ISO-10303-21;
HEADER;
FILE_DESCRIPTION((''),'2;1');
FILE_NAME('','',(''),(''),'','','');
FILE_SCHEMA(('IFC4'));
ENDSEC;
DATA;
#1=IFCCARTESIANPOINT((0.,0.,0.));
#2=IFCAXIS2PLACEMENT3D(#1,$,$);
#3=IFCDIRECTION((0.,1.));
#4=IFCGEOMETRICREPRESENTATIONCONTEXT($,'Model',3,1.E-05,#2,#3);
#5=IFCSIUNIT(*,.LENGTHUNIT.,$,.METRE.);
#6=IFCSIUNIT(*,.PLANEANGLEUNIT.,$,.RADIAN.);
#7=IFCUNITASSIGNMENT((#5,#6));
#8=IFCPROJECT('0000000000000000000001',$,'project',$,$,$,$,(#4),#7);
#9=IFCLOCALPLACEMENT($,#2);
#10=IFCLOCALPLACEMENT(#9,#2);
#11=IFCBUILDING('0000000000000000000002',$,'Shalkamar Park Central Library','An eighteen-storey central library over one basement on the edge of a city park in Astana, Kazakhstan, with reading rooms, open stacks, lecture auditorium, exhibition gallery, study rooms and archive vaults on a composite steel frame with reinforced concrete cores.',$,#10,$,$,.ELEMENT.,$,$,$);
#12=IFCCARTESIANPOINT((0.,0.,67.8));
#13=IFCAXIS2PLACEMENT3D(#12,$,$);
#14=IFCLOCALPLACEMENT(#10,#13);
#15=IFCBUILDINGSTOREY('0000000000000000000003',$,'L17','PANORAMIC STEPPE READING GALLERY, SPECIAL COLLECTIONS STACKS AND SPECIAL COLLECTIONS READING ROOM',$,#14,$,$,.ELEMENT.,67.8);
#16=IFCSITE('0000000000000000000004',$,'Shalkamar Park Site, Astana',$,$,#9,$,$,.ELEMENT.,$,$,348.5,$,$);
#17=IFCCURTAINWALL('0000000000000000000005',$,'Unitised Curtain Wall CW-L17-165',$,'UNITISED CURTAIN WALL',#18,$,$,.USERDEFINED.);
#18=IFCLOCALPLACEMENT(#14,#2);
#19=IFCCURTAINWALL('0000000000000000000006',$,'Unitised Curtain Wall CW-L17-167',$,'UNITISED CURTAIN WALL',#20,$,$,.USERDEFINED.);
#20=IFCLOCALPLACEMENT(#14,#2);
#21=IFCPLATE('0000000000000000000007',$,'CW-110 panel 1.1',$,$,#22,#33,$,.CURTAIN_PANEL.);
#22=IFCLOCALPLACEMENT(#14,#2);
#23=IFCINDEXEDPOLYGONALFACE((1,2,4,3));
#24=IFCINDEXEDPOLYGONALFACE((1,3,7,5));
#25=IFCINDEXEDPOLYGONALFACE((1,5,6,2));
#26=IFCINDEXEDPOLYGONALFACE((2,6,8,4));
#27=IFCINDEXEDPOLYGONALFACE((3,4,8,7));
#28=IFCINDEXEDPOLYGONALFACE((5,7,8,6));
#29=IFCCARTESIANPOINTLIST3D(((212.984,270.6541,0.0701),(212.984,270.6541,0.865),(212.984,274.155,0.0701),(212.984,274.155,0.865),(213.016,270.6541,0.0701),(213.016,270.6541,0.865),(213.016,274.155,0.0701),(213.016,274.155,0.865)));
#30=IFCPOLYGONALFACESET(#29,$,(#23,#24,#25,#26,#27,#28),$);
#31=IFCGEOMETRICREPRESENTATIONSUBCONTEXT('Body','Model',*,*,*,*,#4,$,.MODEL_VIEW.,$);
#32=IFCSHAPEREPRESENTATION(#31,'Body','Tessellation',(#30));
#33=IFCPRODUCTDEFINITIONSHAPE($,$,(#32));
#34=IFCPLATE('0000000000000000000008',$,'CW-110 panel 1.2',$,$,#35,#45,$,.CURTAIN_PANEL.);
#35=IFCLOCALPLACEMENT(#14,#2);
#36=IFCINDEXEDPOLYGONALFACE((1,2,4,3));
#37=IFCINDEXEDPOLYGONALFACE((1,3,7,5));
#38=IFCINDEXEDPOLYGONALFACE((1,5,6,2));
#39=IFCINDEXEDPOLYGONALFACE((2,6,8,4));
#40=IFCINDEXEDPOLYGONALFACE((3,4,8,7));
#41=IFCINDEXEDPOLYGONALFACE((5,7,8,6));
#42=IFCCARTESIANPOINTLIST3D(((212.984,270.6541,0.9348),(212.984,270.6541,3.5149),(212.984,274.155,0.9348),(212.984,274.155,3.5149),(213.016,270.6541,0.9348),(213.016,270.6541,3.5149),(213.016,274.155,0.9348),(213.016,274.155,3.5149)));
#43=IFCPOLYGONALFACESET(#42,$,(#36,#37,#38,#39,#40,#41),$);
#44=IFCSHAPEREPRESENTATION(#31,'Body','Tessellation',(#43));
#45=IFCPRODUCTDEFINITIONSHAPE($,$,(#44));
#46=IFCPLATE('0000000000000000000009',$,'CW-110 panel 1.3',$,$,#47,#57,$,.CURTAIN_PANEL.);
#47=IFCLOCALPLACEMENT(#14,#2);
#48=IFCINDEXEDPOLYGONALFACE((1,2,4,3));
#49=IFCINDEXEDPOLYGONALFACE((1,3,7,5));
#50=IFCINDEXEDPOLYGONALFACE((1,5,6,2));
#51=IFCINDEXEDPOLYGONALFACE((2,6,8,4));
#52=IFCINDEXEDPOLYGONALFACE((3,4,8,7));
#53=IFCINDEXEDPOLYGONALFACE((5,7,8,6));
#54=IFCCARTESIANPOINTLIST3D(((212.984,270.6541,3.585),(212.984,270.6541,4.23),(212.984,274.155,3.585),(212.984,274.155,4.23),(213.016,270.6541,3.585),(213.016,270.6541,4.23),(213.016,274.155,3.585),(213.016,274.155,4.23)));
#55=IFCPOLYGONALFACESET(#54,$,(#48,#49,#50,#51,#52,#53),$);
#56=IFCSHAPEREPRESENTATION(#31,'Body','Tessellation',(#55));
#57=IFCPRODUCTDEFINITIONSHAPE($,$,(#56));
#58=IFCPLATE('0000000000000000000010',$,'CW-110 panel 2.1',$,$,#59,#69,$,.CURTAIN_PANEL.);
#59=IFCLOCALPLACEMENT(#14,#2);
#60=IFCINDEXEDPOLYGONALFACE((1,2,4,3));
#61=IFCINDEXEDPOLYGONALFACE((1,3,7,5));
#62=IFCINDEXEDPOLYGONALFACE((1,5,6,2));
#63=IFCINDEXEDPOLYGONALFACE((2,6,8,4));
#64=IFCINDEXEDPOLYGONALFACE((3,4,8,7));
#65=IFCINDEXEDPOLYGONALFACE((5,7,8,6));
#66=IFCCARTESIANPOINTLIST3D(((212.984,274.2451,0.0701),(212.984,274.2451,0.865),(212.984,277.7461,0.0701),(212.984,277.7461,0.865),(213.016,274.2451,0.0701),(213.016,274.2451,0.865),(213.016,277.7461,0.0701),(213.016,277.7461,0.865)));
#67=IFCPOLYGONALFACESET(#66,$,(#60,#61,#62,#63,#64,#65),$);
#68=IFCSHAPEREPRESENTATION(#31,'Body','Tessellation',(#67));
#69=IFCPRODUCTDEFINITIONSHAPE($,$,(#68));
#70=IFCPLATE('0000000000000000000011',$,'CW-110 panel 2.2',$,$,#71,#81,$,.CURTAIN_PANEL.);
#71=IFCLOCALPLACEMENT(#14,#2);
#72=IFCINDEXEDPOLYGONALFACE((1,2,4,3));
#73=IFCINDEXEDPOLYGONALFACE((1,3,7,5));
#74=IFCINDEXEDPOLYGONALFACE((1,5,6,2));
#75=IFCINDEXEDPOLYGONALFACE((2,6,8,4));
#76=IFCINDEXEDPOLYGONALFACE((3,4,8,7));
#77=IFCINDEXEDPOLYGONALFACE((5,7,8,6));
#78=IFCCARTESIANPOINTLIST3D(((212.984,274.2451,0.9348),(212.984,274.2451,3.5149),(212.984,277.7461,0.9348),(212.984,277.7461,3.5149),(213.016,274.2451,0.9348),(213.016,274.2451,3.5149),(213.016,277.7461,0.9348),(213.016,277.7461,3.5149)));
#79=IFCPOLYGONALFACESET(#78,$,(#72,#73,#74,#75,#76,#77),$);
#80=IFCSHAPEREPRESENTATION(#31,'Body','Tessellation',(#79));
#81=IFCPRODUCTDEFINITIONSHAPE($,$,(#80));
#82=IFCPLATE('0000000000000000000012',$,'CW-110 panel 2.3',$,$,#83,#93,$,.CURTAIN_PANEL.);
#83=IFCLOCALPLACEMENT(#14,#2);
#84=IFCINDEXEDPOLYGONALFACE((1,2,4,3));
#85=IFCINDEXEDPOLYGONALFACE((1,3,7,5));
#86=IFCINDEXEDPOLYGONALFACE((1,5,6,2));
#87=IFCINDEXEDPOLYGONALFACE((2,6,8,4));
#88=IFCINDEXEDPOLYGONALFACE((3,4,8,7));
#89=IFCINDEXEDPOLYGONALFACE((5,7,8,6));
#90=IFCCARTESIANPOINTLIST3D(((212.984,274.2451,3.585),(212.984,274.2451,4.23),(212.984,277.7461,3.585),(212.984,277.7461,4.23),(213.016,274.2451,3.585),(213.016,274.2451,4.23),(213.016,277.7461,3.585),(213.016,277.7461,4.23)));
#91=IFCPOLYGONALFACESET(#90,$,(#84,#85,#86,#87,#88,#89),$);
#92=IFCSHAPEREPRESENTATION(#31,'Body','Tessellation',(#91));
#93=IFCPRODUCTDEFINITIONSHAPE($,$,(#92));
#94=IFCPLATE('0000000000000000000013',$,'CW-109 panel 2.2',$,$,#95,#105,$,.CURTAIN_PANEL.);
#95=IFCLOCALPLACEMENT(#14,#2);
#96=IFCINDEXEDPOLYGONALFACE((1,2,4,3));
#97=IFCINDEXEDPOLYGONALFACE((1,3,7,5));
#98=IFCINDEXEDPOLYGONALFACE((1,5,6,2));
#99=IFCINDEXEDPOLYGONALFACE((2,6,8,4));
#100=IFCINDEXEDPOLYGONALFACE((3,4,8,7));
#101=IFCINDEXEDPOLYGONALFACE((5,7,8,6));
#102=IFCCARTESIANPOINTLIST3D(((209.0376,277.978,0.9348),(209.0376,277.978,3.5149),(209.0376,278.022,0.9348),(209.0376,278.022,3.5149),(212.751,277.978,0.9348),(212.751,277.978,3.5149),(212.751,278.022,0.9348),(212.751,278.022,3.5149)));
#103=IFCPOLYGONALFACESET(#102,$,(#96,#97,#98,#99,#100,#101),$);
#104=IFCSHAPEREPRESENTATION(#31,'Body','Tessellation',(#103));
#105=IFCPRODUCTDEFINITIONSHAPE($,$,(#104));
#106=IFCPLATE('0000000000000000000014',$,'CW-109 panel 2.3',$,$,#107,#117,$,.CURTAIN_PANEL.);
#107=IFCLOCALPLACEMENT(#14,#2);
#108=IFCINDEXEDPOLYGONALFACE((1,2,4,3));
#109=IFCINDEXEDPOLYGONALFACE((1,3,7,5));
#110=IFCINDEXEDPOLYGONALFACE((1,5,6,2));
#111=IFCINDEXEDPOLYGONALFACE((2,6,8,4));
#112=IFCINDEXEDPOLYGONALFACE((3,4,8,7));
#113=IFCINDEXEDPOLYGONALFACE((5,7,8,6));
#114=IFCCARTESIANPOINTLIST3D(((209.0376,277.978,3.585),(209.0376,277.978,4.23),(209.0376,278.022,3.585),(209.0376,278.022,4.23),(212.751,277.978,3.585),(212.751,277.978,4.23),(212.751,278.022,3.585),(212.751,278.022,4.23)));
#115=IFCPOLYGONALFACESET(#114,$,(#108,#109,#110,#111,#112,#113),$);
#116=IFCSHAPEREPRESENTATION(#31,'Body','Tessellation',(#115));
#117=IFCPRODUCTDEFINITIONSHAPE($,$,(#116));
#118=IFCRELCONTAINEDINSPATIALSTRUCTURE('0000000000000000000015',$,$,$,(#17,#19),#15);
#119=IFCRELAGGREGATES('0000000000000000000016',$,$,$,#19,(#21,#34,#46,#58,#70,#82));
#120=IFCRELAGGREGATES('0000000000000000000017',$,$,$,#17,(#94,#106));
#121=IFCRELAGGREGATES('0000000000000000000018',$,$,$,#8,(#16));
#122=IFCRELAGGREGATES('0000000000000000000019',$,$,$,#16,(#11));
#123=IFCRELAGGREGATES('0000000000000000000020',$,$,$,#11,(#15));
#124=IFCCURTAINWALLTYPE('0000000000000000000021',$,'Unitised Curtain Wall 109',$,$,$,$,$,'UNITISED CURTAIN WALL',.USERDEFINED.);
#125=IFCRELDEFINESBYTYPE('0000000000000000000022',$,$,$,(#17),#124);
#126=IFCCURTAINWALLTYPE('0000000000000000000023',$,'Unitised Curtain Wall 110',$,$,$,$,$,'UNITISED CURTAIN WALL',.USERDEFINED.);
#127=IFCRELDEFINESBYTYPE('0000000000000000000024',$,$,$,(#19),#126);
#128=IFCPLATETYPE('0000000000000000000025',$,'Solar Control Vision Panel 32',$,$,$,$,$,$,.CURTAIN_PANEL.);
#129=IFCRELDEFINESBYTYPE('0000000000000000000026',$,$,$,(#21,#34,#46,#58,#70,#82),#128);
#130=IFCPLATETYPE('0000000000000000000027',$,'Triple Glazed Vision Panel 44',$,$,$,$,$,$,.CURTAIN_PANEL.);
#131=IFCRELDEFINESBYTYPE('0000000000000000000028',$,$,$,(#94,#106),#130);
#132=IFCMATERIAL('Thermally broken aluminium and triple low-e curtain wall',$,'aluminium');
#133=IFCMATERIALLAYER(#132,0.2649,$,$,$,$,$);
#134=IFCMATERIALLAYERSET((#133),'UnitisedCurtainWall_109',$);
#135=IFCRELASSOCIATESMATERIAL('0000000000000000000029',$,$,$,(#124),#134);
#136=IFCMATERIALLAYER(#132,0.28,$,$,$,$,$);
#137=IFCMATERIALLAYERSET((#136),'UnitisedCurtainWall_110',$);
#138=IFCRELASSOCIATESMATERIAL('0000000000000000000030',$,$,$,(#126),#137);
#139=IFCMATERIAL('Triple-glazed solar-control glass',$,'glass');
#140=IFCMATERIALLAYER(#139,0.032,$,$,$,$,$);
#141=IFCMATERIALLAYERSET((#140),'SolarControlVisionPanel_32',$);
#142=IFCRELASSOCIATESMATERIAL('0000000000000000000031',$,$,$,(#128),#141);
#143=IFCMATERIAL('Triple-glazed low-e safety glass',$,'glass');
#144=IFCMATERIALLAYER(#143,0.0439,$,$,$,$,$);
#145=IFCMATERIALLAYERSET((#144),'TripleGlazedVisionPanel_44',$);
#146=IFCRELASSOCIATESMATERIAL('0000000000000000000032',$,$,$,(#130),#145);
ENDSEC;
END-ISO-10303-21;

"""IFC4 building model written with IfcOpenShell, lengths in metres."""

from ifc_helpers import new_model, si_unit, direction, frame, origin, origin_2d, place, context, subcontext, project, spatial, rectangle, extrude, material, layer, layer_set, type_object, element, aggregate, save


model = new_model("IFC4")

# Units and contexts
model_context = context("Model", 3, precision=1e-05, world=origin(), true_north=direction((0.0, 1.0)))
body_context = subcontext(model_context, "Body", "Model", "MODEL_VIEW")
ifc_project = project(units=[si_unit("LENGTHUNIT", "METRE"), si_unit("PLANEANGLEUNIT", "RADIAN")], contexts=[model_context])

# Site, building, storey
site_placement = place(None, origin())
site = spatial("IfcSite", under=ifc_project, at=site_placement, Name="Shalkamar Park Site, Astana", CompositionType="ELEMENT", RefElevation=348.5)
building_placement = place(site_placement, origin())
building = spatial("IfcBuilding", under=site, at=building_placement, Name="Shalkamar Park Central Library", Description="An eighteen-storey central library over one basement on the edge of a city park in Astana, Kazakhstan, with reading rooms, open stacks, lecture auditorium, exhibition gallery, study rooms and archive vaults on a composite steel frame with reinforced concrete cores.", CompositionType="ELEMENT")
storey_placement = place(building_placement, frame((0.0, 0.0, 67.8)))
storey = spatial("IfcBuildingStorey", under=building, at=storey_placement, Name="L17", Description="PANORAMIC STEPPE READING GALLERY, SPECIAL COLLECTIONS STACKS AND SPECIAL COLLECTIONS READING ROOM", CompositionType="ELEMENT", Elevation=67.8)

# Curtain wall
ifc_material_1 = material(Name="Thermally broken aluminium and triple low-e curtain wall", Category="aluminium")
ifc_layer_1 = layer(ifc_material_1, 0.2649)
ifc_layer_set_1 = layer_set([ifc_layer_1], Name="UnitisedCurtainWall_109")
curtain_wall_type_1 = type_object("IfcCurtainWallType", Name="Unitised Curtain Wall 109", ElementType="UNITISED CURTAIN WALL", PredefinedType="USERDEFINED", material=ifc_layer_set_1)
curtain_wall_1_placement = place(storey_placement, origin())
curtain_wall_1 = element("IfcCurtainWall", 1, at=curtain_wall_1_placement, inside=storey, type_object=curtain_wall_type_1, Name="Unitised Curtain Wall CW-L17-165", ObjectType="UNITISED CURTAIN WALL", PredefinedType="USERDEFINED")

# Curtain wall
ifc_layer_2 = layer(ifc_material_1, 0.28)
ifc_layer_set_2 = layer_set([ifc_layer_2], Name="UnitisedCurtainWall_110")
curtain_wall_type_2 = type_object("IfcCurtainWallType", Name="Unitised Curtain Wall 110", ElementType="UNITISED CURTAIN WALL", PredefinedType="USERDEFINED", material=ifc_layer_set_2)
curtain_wall_2_placement = place(storey_placement, origin())
curtain_wall_2 = element("IfcCurtainWall", 2, at=curtain_wall_2_placement, inside=storey, type_object=curtain_wall_type_2, Name="Unitised Curtain Wall CW-L17-167", ObjectType="UNITISED CURTAIN WALL", PredefinedType="USERDEFINED")

# Plates
ifc_material_2 = material(Name="Triple-glazed solar-control glass", Category="glass")
ifc_layer_3 = layer(ifc_material_2, 0.032)
ifc_layer_set_3 = layer_set([ifc_layer_3], Name="SolarControlVisionPanel_32")
plate_type_1 = type_object("IfcPlateType", Name="Solar Control Vision Panel 32", PredefinedType="CURTAIN_PANEL", material=ifc_layer_set_3)
plate_1_placement = place(storey_placement, frame((213.0, 272.4045, 0.0701), z_axis=(0.0, 0.0, 1.0), x_axis=(0.0, 1.0, 0.0)))
plate_1 = element("IfcPlate", 3, at=plate_1_placement, type_object=plate_type_1, Name="CW-110 panel 1.1", PredefinedType="CURTAIN_PANEL", context=body_context, shape_type="SweptSolid", body=[
    extrude(rectangle(XDim=3.501, YDim=0.032, at=origin_2d()), origin(), (0.0, 0.0, 1.0), 0.7949),
])
plate_2_placement = place(storey_placement, frame((213.0, 272.4045, 0.9348), z_axis=(0.0, 0.0, 1.0), x_axis=(0.0, 1.0, 0.0)))
plate_2 = element("IfcPlate", 4, at=plate_2_placement, type_object=plate_type_1, Name="CW-110 panel 1.2", PredefinedType="CURTAIN_PANEL", context=body_context, shape_type="SweptSolid", body=[
    extrude(rectangle(XDim=3.501, YDim=0.032, at=origin_2d()), origin(), (0.0, 0.0, 1.0), 2.5801),
])
plate_3_placement = place(storey_placement, frame((213.0, 272.4045, 3.585), z_axis=(0.0, 0.0, 1.0), x_axis=(0.0, 1.0, 0.0)))
plate_3 = element("IfcPlate", 5, at=plate_3_placement, type_object=plate_type_1, Name="CW-110 panel 1.3", PredefinedType="CURTAIN_PANEL", context=body_context, shape_type="SweptSolid", body=[
    extrude(rectangle(XDim=3.501, YDim=0.032, at=origin_2d()), origin(), (0.0, 0.0, 1.0), 0.645),
])
plate_4_placement = place(storey_placement, frame((213.0, 275.9956, 0.0701), z_axis=(0.0, 0.0, 1.0), x_axis=(0.0, 1.0, 0.0)))
plate_4 = element("IfcPlate", 6, at=plate_4_placement, type_object=plate_type_1, Name="CW-110 panel 2.1", PredefinedType="CURTAIN_PANEL", context=body_context, shape_type="SweptSolid", body=[
    extrude(rectangle(XDim=3.501, YDim=0.032, at=origin_2d()), origin(), (0.0, 0.0, 1.0), 0.7949),
])
plate_5_placement = place(storey_placement, frame((213.0, 275.9956, 0.9348), z_axis=(0.0, 0.0, 1.0), x_axis=(0.0, 1.0, 0.0)))
plate_5 = element("IfcPlate", 7, at=plate_5_placement, type_object=plate_type_1, Name="CW-110 panel 2.2", PredefinedType="CURTAIN_PANEL", context=body_context, shape_type="SweptSolid", body=[
    extrude(rectangle(XDim=3.501, YDim=0.032, at=origin_2d()), origin(), (0.0, 0.0, 1.0), 2.5801),
])
plate_6_placement = place(storey_placement, frame((213.0, 275.9956, 3.585), z_axis=(0.0, 0.0, 1.0), x_axis=(0.0, 1.0, 0.0)))
plate_6 = element("IfcPlate", 8, at=plate_6_placement, type_object=plate_type_1, Name="CW-110 panel 2.3", PredefinedType="CURTAIN_PANEL", context=body_context, shape_type="SweptSolid", body=[
    extrude(rectangle(XDim=3.501, YDim=0.032, at=origin_2d()), origin(), (0.0, 0.0, 1.0), 0.645),
])
aggregate(curtain_wall_2, [plate_1, plate_2, plate_3, plate_4, plate_5, plate_6])
ifc_material_3 = material(Name="Triple-glazed low-e safety glass", Category="glass")
ifc_layer_4 = layer(ifc_material_3, 0.0439)
ifc_layer_set_4 = layer_set([ifc_layer_4], Name="TripleGlazedVisionPanel_44")
plate_type_2 = type_object("IfcPlateType", Name="Triple Glazed Vision Panel 44", PredefinedType="CURTAIN_PANEL", material=ifc_layer_set_4)
plate_7_placement = place(storey_placement, frame((210.8943, 278.0, 0.9348), z_axis=(0.0, 0.0, 1.0), x_axis=(1.0, 0.0, 0.0)))
plate_7 = element("IfcPlate", 9, at=plate_7_placement, type_object=plate_type_2, Name="CW-109 panel 2.2", PredefinedType="CURTAIN_PANEL", context=body_context, shape_type="SweptSolid", body=[
    extrude(rectangle(XDim=3.7134, YDim=0.0439, at=origin_2d()), origin(), (0.0, 0.0, 1.0), 2.5801),
])
plate_8_placement = place(storey_placement, frame((210.8943, 278.0, 3.585), z_axis=(0.0, 0.0, 1.0), x_axis=(1.0, 0.0, 0.0)))
plate_8 = element("IfcPlate", 10, at=plate_8_placement, type_object=plate_type_2, Name="CW-109 panel 2.3", PredefinedType="CURTAIN_PANEL", context=body_context, shape_type="SweptSolid", body=[
    extrude(rectangle(XDim=3.7134, YDim=0.0439, at=origin_2d()), origin(), (0.0, 0.0, 1.0), 0.645),
])
aggregate(curtain_wall_1, [plate_7, plate_8])

save(model, "model.ifc")
